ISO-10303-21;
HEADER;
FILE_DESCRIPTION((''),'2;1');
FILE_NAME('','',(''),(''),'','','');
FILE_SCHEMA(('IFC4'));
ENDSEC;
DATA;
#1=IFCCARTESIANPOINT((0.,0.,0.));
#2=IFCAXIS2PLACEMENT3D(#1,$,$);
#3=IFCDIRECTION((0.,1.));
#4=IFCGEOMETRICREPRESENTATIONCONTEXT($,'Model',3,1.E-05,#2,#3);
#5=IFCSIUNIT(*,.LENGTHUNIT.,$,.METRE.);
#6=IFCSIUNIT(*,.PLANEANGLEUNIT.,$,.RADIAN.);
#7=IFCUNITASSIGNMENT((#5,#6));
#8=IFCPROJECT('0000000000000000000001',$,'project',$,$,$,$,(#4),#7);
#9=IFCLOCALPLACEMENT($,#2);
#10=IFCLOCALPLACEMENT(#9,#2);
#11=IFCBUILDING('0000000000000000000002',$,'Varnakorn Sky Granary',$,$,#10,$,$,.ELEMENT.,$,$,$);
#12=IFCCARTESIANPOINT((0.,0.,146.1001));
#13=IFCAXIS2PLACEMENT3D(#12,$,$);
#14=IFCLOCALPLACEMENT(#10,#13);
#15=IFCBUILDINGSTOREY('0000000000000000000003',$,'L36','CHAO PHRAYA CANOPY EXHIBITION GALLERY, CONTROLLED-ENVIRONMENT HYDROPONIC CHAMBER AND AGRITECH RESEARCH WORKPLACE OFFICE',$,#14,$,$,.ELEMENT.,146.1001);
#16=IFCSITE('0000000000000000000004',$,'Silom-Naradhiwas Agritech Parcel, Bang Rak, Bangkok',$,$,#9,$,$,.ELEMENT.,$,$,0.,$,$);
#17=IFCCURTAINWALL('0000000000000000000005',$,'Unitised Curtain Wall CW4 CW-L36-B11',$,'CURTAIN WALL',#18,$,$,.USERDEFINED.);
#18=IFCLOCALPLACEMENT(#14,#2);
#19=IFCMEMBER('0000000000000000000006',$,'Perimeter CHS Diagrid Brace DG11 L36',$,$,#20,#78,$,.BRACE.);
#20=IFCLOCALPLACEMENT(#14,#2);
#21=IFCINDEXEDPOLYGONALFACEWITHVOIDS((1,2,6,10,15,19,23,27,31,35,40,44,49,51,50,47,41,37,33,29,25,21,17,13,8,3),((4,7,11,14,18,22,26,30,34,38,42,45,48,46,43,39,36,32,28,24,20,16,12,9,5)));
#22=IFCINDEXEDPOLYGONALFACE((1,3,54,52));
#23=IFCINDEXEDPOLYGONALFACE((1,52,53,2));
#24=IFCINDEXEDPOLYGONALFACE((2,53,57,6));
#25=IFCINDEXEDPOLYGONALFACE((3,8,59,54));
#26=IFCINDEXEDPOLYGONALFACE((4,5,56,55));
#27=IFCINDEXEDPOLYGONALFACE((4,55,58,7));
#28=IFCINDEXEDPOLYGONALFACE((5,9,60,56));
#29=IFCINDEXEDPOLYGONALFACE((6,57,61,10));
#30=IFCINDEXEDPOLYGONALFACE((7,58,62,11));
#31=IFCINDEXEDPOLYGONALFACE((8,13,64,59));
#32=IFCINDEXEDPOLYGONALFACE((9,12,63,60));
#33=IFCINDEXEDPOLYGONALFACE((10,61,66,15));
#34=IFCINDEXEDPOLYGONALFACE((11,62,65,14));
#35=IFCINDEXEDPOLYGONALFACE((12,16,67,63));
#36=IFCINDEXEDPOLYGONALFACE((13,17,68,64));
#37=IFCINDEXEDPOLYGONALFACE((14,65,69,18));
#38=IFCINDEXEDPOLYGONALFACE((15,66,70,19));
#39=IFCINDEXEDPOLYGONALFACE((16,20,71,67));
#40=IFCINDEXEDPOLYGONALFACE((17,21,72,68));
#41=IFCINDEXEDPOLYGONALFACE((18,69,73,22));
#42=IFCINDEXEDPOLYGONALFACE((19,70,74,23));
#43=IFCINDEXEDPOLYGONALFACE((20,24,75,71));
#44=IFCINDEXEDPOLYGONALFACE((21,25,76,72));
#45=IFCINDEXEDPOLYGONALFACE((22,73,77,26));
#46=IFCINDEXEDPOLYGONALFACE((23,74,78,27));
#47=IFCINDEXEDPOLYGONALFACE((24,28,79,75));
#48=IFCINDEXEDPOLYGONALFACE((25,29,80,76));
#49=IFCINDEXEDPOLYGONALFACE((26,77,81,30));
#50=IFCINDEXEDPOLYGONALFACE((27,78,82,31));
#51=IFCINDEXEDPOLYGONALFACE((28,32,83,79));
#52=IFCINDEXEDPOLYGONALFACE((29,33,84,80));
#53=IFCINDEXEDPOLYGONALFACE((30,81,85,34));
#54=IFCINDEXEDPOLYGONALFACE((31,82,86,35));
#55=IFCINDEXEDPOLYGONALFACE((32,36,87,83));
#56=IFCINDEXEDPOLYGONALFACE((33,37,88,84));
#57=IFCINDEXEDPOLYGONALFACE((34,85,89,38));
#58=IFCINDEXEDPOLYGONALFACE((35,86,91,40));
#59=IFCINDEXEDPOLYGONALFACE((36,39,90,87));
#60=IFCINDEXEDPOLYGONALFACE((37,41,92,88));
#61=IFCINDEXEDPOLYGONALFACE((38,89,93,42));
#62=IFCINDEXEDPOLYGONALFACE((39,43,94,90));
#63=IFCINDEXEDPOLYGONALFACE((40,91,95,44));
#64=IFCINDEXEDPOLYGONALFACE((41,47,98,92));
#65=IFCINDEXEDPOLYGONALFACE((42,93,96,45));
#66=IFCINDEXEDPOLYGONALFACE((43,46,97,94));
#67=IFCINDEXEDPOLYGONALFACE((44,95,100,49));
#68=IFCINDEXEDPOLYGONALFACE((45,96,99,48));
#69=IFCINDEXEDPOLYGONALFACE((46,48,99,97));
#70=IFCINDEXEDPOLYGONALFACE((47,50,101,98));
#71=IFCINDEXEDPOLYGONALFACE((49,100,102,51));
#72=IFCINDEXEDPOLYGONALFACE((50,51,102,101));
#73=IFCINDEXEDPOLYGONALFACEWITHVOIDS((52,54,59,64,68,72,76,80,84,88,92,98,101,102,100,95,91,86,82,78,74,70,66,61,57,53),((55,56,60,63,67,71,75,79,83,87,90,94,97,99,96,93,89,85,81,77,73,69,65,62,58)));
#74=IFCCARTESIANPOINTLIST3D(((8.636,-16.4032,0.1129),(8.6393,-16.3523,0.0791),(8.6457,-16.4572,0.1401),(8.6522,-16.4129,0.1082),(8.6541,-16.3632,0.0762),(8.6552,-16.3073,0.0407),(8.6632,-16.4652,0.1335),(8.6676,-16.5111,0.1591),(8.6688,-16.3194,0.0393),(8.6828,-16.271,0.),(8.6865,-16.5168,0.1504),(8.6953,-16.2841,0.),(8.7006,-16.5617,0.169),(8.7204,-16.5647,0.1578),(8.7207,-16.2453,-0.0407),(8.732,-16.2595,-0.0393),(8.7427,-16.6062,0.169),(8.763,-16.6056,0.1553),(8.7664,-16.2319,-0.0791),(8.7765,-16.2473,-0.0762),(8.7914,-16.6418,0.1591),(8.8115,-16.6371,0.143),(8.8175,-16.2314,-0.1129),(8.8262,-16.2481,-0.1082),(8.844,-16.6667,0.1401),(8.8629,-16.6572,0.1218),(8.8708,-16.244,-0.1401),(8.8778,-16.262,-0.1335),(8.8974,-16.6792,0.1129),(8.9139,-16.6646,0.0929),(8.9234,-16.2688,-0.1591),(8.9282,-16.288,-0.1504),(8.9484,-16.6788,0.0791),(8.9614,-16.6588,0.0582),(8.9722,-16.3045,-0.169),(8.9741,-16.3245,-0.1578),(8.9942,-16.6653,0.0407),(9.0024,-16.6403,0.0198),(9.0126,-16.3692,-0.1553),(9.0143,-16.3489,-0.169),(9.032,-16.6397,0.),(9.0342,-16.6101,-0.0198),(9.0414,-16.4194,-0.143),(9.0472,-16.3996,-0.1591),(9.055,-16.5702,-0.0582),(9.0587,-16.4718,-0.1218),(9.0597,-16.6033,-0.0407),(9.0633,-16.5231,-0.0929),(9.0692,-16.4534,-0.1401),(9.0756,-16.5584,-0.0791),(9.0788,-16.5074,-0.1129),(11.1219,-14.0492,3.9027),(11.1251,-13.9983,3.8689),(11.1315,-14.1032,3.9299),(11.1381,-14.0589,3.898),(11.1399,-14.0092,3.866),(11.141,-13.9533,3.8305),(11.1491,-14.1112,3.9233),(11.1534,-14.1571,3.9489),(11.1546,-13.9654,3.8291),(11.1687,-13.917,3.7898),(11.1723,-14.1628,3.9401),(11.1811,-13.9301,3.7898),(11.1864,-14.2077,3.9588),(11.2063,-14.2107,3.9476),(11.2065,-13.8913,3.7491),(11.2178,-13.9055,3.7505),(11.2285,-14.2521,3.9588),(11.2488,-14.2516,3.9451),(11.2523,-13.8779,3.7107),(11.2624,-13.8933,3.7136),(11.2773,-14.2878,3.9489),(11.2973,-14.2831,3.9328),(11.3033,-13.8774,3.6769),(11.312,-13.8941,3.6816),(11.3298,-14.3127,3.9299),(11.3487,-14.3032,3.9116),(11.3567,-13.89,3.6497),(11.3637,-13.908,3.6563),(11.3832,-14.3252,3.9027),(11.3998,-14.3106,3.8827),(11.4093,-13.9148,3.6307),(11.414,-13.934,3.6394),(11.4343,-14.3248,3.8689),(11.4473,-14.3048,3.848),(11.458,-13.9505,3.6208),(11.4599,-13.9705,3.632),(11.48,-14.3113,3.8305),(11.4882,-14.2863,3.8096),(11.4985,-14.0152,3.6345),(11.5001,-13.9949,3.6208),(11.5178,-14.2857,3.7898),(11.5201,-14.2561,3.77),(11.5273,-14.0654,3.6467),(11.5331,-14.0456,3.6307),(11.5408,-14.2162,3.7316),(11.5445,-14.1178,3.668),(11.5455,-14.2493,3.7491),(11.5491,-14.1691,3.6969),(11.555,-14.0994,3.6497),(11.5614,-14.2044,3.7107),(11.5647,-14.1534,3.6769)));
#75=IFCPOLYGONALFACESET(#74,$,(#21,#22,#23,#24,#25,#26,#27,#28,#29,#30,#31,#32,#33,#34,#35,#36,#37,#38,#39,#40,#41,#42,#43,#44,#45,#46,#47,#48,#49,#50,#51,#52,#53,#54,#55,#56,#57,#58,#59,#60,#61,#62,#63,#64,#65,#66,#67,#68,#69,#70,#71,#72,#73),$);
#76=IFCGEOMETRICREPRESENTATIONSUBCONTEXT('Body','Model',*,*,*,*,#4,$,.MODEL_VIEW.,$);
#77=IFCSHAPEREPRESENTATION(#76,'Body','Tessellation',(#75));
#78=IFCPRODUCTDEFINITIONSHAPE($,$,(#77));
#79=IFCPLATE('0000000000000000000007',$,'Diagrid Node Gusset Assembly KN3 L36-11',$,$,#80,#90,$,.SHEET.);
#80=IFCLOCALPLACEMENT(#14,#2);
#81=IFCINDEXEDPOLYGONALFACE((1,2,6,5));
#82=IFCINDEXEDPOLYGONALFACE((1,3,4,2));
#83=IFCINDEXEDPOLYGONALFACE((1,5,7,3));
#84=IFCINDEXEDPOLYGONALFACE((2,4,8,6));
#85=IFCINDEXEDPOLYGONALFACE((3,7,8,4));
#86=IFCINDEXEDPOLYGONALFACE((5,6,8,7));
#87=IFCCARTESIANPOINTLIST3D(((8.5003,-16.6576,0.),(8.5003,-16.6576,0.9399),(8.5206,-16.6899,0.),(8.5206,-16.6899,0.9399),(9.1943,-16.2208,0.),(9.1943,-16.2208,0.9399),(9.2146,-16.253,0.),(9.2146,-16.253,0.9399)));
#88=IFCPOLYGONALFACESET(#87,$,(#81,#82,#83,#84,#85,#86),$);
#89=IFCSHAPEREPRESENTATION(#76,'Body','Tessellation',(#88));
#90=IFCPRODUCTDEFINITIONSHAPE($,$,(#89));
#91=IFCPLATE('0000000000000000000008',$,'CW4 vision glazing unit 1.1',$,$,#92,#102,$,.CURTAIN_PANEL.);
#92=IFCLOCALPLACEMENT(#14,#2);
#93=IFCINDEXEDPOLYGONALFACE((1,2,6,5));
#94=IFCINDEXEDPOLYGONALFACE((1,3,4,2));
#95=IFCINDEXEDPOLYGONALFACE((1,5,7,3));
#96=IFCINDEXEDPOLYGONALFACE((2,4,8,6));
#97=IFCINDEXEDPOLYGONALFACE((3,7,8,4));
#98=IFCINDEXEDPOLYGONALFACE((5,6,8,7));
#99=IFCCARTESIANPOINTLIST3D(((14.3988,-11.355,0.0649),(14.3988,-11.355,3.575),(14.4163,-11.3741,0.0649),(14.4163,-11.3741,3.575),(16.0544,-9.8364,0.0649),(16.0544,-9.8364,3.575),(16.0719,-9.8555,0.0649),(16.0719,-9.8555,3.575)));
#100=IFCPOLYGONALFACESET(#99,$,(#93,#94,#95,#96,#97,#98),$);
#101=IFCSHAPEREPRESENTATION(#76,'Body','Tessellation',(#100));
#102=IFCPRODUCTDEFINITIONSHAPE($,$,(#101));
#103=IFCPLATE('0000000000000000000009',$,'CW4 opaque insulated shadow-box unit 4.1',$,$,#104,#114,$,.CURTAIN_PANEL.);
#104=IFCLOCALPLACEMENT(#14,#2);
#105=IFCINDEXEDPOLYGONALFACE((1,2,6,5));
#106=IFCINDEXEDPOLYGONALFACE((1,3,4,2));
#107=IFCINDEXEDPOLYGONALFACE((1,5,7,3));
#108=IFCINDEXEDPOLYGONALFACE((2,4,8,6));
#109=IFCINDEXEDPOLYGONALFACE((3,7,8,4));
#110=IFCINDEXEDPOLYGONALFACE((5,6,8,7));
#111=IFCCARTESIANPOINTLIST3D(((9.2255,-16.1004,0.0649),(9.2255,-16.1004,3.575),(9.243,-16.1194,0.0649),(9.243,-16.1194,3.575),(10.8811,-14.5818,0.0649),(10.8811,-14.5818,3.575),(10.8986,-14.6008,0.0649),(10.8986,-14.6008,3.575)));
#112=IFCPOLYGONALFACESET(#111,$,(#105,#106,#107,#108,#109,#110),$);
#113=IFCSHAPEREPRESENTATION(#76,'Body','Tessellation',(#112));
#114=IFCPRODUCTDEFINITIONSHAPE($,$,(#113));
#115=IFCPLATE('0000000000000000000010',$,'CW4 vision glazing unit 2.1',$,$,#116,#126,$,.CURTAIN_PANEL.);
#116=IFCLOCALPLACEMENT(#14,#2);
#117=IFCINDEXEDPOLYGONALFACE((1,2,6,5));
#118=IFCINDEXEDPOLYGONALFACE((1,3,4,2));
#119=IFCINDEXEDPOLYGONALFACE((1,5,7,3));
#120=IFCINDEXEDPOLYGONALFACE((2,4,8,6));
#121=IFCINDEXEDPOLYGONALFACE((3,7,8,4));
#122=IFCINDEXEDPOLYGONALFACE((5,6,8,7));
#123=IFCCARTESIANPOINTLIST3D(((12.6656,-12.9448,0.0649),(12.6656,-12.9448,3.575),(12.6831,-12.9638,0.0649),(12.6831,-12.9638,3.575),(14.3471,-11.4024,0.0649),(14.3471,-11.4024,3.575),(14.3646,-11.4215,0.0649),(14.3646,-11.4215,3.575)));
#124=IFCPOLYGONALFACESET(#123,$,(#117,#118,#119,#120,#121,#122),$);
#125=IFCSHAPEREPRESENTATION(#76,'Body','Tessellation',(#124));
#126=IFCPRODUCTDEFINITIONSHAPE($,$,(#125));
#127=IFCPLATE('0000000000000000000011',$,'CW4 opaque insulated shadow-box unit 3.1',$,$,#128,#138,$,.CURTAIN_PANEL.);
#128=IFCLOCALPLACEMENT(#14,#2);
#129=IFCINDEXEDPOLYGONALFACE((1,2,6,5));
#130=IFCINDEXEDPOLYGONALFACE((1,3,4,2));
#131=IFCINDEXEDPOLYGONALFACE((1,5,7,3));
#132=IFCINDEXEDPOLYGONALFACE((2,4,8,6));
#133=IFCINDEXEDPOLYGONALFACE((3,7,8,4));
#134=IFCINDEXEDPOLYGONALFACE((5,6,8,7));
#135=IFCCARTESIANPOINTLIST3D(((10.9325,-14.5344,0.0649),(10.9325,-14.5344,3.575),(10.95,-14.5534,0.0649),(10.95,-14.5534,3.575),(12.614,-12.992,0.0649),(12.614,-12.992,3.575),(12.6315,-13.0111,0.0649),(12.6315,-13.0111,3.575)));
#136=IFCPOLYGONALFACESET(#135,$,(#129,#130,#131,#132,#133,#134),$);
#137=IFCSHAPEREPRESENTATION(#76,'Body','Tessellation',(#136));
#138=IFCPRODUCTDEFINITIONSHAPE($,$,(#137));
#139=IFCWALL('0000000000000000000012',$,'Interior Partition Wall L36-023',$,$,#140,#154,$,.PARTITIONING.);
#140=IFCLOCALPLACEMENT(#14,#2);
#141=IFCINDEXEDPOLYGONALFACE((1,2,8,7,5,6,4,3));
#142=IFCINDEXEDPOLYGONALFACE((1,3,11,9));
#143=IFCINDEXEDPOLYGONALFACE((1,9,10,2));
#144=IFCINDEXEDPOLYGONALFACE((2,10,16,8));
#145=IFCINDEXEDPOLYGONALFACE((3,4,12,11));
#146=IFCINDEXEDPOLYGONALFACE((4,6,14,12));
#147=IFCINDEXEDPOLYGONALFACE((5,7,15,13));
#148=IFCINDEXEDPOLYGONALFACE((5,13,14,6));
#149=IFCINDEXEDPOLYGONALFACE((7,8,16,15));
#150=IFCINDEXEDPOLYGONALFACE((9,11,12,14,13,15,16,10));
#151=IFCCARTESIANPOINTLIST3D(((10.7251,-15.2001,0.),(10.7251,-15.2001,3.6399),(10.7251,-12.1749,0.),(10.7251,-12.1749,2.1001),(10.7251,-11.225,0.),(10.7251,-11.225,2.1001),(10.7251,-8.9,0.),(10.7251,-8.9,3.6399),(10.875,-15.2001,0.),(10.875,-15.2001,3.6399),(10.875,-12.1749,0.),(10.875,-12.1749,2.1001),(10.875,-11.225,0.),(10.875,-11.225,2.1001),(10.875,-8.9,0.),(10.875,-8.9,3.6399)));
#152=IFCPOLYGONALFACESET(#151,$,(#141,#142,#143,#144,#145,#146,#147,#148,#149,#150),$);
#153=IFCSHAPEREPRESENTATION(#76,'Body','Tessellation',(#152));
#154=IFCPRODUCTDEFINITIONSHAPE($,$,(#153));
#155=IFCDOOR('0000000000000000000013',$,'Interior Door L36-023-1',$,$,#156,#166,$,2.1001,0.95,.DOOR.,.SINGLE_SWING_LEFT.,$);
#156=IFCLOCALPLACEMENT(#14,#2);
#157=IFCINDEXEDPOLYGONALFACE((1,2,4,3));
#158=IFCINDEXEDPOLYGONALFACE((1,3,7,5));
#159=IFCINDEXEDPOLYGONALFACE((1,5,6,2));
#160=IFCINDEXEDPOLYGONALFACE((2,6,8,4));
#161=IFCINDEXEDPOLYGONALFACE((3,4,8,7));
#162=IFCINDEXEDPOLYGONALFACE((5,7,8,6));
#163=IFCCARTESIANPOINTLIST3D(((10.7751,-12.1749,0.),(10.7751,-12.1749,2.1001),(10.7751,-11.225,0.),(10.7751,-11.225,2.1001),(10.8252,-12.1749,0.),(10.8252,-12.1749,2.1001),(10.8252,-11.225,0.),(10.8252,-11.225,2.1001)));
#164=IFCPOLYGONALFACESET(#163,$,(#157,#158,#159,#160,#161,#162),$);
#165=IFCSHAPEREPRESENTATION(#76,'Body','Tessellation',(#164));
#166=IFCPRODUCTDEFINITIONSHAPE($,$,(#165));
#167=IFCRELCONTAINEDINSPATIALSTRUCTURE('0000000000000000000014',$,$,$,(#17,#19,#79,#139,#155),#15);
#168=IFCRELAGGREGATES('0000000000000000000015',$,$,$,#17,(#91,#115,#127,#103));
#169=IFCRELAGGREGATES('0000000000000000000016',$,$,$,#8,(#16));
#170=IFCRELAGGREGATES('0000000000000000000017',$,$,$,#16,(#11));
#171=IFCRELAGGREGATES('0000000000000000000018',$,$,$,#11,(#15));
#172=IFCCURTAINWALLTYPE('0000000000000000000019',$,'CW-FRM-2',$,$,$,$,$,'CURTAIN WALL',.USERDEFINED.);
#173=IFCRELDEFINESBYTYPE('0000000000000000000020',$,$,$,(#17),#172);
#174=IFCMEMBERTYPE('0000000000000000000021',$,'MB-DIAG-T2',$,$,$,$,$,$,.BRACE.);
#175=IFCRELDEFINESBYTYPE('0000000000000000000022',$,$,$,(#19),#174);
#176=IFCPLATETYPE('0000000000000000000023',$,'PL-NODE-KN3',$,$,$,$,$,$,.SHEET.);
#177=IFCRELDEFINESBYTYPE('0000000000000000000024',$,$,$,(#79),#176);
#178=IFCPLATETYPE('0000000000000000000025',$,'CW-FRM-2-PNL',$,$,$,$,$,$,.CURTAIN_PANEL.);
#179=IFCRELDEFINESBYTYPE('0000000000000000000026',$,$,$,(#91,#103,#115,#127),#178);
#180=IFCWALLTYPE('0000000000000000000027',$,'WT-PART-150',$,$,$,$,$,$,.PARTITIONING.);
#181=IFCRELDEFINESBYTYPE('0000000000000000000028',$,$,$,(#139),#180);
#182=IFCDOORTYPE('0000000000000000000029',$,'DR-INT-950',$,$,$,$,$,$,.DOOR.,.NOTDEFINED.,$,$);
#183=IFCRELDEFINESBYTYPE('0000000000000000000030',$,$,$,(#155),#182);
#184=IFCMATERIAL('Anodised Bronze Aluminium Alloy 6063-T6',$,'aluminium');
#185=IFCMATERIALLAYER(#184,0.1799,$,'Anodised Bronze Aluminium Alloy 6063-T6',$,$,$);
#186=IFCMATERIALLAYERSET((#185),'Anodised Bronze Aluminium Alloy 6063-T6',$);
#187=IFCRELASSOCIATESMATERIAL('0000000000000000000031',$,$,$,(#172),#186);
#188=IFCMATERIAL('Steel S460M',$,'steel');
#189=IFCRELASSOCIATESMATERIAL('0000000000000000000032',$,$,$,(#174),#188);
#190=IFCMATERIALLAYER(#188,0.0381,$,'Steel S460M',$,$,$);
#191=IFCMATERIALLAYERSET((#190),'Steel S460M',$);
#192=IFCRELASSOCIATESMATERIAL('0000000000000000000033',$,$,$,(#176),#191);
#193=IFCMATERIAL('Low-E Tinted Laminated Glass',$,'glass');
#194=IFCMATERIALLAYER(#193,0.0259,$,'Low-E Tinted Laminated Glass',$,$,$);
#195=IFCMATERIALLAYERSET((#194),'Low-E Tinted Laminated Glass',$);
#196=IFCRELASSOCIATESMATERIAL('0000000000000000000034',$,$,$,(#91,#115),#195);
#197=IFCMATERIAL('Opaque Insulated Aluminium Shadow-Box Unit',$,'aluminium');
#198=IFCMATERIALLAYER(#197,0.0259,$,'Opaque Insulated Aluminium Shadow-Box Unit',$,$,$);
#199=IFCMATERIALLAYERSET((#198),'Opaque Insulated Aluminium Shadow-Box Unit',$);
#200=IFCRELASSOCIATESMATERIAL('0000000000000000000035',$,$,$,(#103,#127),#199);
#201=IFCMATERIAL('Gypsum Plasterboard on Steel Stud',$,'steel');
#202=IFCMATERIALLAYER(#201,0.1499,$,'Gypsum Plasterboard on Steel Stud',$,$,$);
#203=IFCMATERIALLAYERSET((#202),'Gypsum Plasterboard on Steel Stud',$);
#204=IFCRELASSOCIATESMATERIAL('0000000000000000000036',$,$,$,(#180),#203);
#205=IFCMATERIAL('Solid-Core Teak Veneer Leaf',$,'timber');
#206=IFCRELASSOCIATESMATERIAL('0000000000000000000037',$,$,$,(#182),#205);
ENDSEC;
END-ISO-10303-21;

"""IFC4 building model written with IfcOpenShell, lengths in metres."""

from ifc_helpers import new_model, si_unit, direction, frame, frame_2d, origin, origin_2d, place, context, subcontext, project, spatial, rectangle, hollow_circle, extrude, source, transform, mapped, material, layer, layer_set, material_profile, profile_set, type_object, type_shapes, element, fill, aggregate, save


model = new_model("IFC4")

# Units and contexts
model_context = context("Model", 3, precision=1e-05, world=origin(), true_north=direction((0.0, 1.0)))
body_context = subcontext(model_context, "Body", "Model", "MODEL_VIEW")
ifc_project = project(units=[si_unit("LENGTHUNIT", "METRE"), si_unit("PLANEANGLEUNIT", "RADIAN")], contexts=[model_context])

# Site, building, storey
site_placement = place(None, origin())
site = spatial("IfcSite", under=ifc_project, at=site_placement, Name="Silom-Naradhiwas Agritech Parcel, Bang Rak, Bangkok", CompositionType="ELEMENT", RefElevation=0.0)
building_placement = place(site_placement, origin())
building = spatial("IfcBuilding", under=site, at=building_placement, Name="Varnakorn Sky Granary", CompositionType="ELEMENT")
storey_placement = place(building_placement, frame((0.0, 0.0, 146.1001)))
storey = spatial("IfcBuildingStorey", under=building, at=storey_placement, Name="L36", Description="CHAO PHRAYA CANOPY EXHIBITION GALLERY, CONTROLLED-ENVIRONMENT HYDROPONIC CHAMBER AND AGRITECH RESEARCH WORKPLACE OFFICE", CompositionType="ELEMENT", Elevation=146.1001)

# Shared definitions
ifc_material_1 = material(Name="Steel S460M", Category="steel")

# Curtain wall
ifc_material_2 = material(Name="Anodised Bronze Aluminium Alloy 6063-T6", Category="aluminium")
ifc_layer_1 = layer(ifc_material_2, 0.1799, Name="Anodised Bronze Aluminium Alloy 6063-T6")
ifc_layer_set_1 = layer_set([ifc_layer_1], Name="Anodised Bronze Aluminium Alloy 6063-T6")
curtain_wall_type = type_object("IfcCurtainWallType", Name="CW-FRM-2", ElementType="CURTAIN WALL", PredefinedType="USERDEFINED", material=ifc_layer_set_1)
curtain_wall_placement = place(storey_placement, origin())
curtain_wall = element("IfcCurtainWall", 1, at=curtain_wall_placement, inside=storey, type_object=curtain_wall_type, Name="Unitised Curtain Wall CW4 CW-L36-B11", ObjectType="CURTAIN WALL", PredefinedType="USERDEFINED")

# Member
ifc_material_profile_1 = material_profile(ifc_material_1, hollow_circle(Radius=0.2539, WallThickness=0.0181, at=origin_2d()), Name="CHS 508x18")
ifc_profile_set_1 = profile_set([ifc_material_profile_1], Name="Steel S460M")
member_type_1 = type_object("IfcMemberType", Name="MB-DIAG-T2", PredefinedType="BRACE", material=ifc_profile_set_1)
member_1_placement = place(storey_placement, frame((8.8574, -16.4553, 0.0), z_axis=(0.486734, 0.460921, 0.742052), x_axis=(-0.68759, 0.726099, 0.0)))
element("IfcMember", 2, at=member_1_placement, inside=storey, type_object=member_type_1, Name="Perimeter CHS Diagrid Brace DG11 L36", PredefinedType="BRACE", context=body_context, shape_type="SweptSolid", body=[
    extrude(hollow_circle(Radius=0.2539, WallThickness=0.0181, at=origin_2d()), origin(), (0.0, 0.0, 1.0), 5.1072),
])

# Plates
ifc_layer_2 = layer(ifc_material_1, 0.0381, Name="Steel S460M")
ifc_layer_set_2 = layer_set([ifc_layer_2], Name="Steel S460M")
plate_type_1 = type_object("IfcPlateType", Name="PL-NODE-KN3", PredefinedType="SHEET", material=ifc_layer_set_2)
plate_1_placement = place(storey_placement, frame((8.8574, -16.4553, 0.0), z_axis=(0.0, 0.0, 1.0), x_axis=(0.846308, 0.532694, 0.0)))
element("IfcPlate", 3, at=plate_1_placement, inside=storey, type_object=plate_type_1, Name="Diagrid Node Gusset Assembly KN3 L36-11", PredefinedType="SHEET", context=body_context, shape_type="SweptSolid", body=[
    extrude(rectangle(XDim=0.8201, YDim=0.0381, at=origin_2d()), origin(), (0.0, 0.0, 1.0), 0.9399),
])
ifc_material_3 = material(Name="Low-E Tinted Laminated Glass", Category="glass")
ifc_layer_3 = layer(ifc_material_3, 0.0259, Name="Low-E Tinted Laminated Glass")
ifc_layer_set_3 = layer_set([ifc_layer_3], Name="Low-E Tinted Laminated Glass")
plate_type_2 = type_object("IfcPlateType", Name="CW-FRM-2-PNL", PredefinedType="CURTAIN_PANEL")
shared_shape_1 = source(origin(), body_context, "Body", "SweptSolid", [
    extrude(rectangle(XDim=2.2466, YDim=0.0259, at=origin_2d()), origin(), (0.0, 0.0, 1.0), 3.51),
])
plate_2_placement = place(storey_placement, frame((15.2354, -10.6052, 0.0649), z_axis=(0.0, 0.0, 1.0), x_axis=(-0.736938, -0.67596, 0.0)))
plate_2 = element("IfcPlate", 4, at=plate_2_placement, type_object=plate_type_2, material=ifc_layer_set_3, Name="CW4 vision glazing unit 1.1", PredefinedType="CURTAIN_PANEL", context=body_context, shape_type="MappedRepresentation", body=[
    mapped(shared_shape_1, transform((0.0, 0.0, 0.0), x_axis=(1.0, 0.0, 0.0), y_axis=(0.0, 1.0, 0.0), z_axis=(0.0, 0.0, 1.0), scale=1.0)),
])
ifc_material_4 = material(Name="Opaque Insulated Aluminium Shadow-Box Unit", Category="aluminium")
ifc_layer_4 = layer(ifc_material_4, 0.0259, Name="Opaque Insulated Aluminium Shadow-Box Unit")
ifc_layer_set_4 = layer_set([ifc_layer_4], Name="Opaque Insulated Aluminium Shadow-Box Unit")
plate_3_placement = place(storey_placement, frame((10.062, -15.3506, 0.0649), z_axis=(0.0, 0.0, 1.0), x_axis=(-0.736938, -0.67596, 0.0)))
plate_3 = element("IfcPlate", 5, at=plate_3_placement, type_object=plate_type_2, material=ifc_layer_set_4, Name="CW4 opaque insulated shadow-box unit 4.1", PredefinedType="CURTAIN_PANEL", context=body_context, shape_type="MappedRepresentation", body=[
    mapped(shared_shape_1, transform((0.0, 0.0, 0.0), x_axis=(1.0, 0.0, 0.0), y_axis=(0.0, 1.0, 0.0), z_axis=(0.0, 0.0, 1.0), scale=1.0)),
])
shared_shape_2 = source(origin(), body_context, "Body", "SweptSolid", [
    extrude(rectangle(XDim=2.2817, YDim=0.0259, at=origin_2d()), origin(), (0.0, 0.0, 1.0), 3.51),
])
type_shapes(plate_type_2, [shared_shape_1, shared_shape_2])
plate_4_placement = place(storey_placement, frame((13.5151, -12.1831, 0.0649), z_axis=(0.0, 0.0, 1.0), x_axis=(-0.736938, -0.67596, 0.0)))
plate_4 = element("IfcPlate", 6, at=plate_4_placement, type_object=plate_type_2, material=ifc_layer_set_3, Name="CW4 vision glazing unit 2.1", PredefinedType="CURTAIN_PANEL", context=body_context, shape_type="MappedRepresentation", body=[
    mapped(shared_shape_2, transform((0.0, 0.0, 0.0), x_axis=(1.0, 0.0, 0.0), y_axis=(0.0, 1.0, 0.0), z_axis=(0.0, 0.0, 1.0), scale=1.0)),
])
plate_5_placement = place(storey_placement, frame((11.782, -13.7727, 0.0649), z_axis=(0.0, 0.0, 1.0), x_axis=(-0.736938, -0.67596, 0.0)))
plate_5 = element("IfcPlate", 7, at=plate_5_placement, type_object=plate_type_2, material=ifc_layer_set_4, Name="CW4 opaque insulated shadow-box unit 3.1", PredefinedType="CURTAIN_PANEL", context=body_context, shape_type="MappedRepresentation", body=[
    mapped(shared_shape_2, transform((0.0, 0.0, 0.0), x_axis=(1.0, 0.0, 0.0), y_axis=(0.0, 1.0, 0.0), z_axis=(0.0, 0.0, 1.0), scale=1.0)),
])
aggregate(curtain_wall, [plate_2, plate_4, plate_5, plate_3])

# Wall, opening, door
ifc_material_5 = material(Name="Gypsum Plasterboard on Steel Stud", Category="steel")
ifc_layer_5 = layer(ifc_material_5, 0.1499, Name="Gypsum Plasterboard on Steel Stud")
ifc_layer_set_5 = layer_set([ifc_layer_5], Name="Gypsum Plasterboard on Steel Stud")
wall_type = type_object("IfcWallType", Name="WT-PART-150", PredefinedType="PARTITIONING", material=ifc_layer_set_5)
wall_placement = place(storey_placement, frame((10.8, -15.2, 0.0), z_axis=(0.0, 0.0, 1.0), x_axis=(0.0, 1.0, 0.0)))
wall = element("IfcWall", 8, at=wall_placement, inside=storey, type_object=wall_type, Name="Interior Partition Wall L36-023", PredefinedType="PARTITIONING", context=body_context, shape_type="SweptSolid", body=[
    extrude(rectangle(XDim=6.3, YDim=0.1499, at=frame_2d((3.1499, 0.0))), origin(), (0.0, 0.0, 1.0), 3.6399),
])
opening_placement = place(wall_placement, frame((3.0249, 0.0, 0.0)))
opening = element("IfcOpeningElement", 9, at=opening_placement, cuts=wall, PredefinedType="OPENING", context=body_context, shape_type="SweptSolid", body=[
    extrude(rectangle(XDim=0.95, YDim=2.1001, at=frame_2d((0.4751, 1.05))), frame((0.0, 0.085, 0.0), z_axis=(0.0, -1.0, 0.0), x_axis=(1.0, 0.0, 0.0)), (0.0, 0.0, 1.0), 0.1699),
])
ifc_material_6 = material(Name="Solid-Core Teak Veneer Leaf", Category="timber")
door_type = type_object("IfcDoorType", Name="DR-INT-950", OperationType="NOTDEFINED", PredefinedType="DOOR", material=ifc_material_6)
door_placement = place(opening_placement, origin())
door = element("IfcDoor", 10, at=door_placement, inside=storey, type_object=door_type, Name="Interior Door L36-023-1", OperationType="SINGLE_SWING_LEFT", OverallHeight=2.1001, OverallWidth=0.95, PredefinedType="DOOR", context=body_context, shape_type="SweptSolid", body=[
    extrude(rectangle(XDim=0.95, YDim=2.1001, at=frame_2d((0.4751, 1.05))), frame((0.0, 0.0249, 0.0), z_axis=(0.0, -1.0, 0.0), x_axis=(1.0, 0.0, 0.0)), (0.0, 0.0, 1.0), 0.05),
])
fill(opening, door)

save(model, "model.ifc")
